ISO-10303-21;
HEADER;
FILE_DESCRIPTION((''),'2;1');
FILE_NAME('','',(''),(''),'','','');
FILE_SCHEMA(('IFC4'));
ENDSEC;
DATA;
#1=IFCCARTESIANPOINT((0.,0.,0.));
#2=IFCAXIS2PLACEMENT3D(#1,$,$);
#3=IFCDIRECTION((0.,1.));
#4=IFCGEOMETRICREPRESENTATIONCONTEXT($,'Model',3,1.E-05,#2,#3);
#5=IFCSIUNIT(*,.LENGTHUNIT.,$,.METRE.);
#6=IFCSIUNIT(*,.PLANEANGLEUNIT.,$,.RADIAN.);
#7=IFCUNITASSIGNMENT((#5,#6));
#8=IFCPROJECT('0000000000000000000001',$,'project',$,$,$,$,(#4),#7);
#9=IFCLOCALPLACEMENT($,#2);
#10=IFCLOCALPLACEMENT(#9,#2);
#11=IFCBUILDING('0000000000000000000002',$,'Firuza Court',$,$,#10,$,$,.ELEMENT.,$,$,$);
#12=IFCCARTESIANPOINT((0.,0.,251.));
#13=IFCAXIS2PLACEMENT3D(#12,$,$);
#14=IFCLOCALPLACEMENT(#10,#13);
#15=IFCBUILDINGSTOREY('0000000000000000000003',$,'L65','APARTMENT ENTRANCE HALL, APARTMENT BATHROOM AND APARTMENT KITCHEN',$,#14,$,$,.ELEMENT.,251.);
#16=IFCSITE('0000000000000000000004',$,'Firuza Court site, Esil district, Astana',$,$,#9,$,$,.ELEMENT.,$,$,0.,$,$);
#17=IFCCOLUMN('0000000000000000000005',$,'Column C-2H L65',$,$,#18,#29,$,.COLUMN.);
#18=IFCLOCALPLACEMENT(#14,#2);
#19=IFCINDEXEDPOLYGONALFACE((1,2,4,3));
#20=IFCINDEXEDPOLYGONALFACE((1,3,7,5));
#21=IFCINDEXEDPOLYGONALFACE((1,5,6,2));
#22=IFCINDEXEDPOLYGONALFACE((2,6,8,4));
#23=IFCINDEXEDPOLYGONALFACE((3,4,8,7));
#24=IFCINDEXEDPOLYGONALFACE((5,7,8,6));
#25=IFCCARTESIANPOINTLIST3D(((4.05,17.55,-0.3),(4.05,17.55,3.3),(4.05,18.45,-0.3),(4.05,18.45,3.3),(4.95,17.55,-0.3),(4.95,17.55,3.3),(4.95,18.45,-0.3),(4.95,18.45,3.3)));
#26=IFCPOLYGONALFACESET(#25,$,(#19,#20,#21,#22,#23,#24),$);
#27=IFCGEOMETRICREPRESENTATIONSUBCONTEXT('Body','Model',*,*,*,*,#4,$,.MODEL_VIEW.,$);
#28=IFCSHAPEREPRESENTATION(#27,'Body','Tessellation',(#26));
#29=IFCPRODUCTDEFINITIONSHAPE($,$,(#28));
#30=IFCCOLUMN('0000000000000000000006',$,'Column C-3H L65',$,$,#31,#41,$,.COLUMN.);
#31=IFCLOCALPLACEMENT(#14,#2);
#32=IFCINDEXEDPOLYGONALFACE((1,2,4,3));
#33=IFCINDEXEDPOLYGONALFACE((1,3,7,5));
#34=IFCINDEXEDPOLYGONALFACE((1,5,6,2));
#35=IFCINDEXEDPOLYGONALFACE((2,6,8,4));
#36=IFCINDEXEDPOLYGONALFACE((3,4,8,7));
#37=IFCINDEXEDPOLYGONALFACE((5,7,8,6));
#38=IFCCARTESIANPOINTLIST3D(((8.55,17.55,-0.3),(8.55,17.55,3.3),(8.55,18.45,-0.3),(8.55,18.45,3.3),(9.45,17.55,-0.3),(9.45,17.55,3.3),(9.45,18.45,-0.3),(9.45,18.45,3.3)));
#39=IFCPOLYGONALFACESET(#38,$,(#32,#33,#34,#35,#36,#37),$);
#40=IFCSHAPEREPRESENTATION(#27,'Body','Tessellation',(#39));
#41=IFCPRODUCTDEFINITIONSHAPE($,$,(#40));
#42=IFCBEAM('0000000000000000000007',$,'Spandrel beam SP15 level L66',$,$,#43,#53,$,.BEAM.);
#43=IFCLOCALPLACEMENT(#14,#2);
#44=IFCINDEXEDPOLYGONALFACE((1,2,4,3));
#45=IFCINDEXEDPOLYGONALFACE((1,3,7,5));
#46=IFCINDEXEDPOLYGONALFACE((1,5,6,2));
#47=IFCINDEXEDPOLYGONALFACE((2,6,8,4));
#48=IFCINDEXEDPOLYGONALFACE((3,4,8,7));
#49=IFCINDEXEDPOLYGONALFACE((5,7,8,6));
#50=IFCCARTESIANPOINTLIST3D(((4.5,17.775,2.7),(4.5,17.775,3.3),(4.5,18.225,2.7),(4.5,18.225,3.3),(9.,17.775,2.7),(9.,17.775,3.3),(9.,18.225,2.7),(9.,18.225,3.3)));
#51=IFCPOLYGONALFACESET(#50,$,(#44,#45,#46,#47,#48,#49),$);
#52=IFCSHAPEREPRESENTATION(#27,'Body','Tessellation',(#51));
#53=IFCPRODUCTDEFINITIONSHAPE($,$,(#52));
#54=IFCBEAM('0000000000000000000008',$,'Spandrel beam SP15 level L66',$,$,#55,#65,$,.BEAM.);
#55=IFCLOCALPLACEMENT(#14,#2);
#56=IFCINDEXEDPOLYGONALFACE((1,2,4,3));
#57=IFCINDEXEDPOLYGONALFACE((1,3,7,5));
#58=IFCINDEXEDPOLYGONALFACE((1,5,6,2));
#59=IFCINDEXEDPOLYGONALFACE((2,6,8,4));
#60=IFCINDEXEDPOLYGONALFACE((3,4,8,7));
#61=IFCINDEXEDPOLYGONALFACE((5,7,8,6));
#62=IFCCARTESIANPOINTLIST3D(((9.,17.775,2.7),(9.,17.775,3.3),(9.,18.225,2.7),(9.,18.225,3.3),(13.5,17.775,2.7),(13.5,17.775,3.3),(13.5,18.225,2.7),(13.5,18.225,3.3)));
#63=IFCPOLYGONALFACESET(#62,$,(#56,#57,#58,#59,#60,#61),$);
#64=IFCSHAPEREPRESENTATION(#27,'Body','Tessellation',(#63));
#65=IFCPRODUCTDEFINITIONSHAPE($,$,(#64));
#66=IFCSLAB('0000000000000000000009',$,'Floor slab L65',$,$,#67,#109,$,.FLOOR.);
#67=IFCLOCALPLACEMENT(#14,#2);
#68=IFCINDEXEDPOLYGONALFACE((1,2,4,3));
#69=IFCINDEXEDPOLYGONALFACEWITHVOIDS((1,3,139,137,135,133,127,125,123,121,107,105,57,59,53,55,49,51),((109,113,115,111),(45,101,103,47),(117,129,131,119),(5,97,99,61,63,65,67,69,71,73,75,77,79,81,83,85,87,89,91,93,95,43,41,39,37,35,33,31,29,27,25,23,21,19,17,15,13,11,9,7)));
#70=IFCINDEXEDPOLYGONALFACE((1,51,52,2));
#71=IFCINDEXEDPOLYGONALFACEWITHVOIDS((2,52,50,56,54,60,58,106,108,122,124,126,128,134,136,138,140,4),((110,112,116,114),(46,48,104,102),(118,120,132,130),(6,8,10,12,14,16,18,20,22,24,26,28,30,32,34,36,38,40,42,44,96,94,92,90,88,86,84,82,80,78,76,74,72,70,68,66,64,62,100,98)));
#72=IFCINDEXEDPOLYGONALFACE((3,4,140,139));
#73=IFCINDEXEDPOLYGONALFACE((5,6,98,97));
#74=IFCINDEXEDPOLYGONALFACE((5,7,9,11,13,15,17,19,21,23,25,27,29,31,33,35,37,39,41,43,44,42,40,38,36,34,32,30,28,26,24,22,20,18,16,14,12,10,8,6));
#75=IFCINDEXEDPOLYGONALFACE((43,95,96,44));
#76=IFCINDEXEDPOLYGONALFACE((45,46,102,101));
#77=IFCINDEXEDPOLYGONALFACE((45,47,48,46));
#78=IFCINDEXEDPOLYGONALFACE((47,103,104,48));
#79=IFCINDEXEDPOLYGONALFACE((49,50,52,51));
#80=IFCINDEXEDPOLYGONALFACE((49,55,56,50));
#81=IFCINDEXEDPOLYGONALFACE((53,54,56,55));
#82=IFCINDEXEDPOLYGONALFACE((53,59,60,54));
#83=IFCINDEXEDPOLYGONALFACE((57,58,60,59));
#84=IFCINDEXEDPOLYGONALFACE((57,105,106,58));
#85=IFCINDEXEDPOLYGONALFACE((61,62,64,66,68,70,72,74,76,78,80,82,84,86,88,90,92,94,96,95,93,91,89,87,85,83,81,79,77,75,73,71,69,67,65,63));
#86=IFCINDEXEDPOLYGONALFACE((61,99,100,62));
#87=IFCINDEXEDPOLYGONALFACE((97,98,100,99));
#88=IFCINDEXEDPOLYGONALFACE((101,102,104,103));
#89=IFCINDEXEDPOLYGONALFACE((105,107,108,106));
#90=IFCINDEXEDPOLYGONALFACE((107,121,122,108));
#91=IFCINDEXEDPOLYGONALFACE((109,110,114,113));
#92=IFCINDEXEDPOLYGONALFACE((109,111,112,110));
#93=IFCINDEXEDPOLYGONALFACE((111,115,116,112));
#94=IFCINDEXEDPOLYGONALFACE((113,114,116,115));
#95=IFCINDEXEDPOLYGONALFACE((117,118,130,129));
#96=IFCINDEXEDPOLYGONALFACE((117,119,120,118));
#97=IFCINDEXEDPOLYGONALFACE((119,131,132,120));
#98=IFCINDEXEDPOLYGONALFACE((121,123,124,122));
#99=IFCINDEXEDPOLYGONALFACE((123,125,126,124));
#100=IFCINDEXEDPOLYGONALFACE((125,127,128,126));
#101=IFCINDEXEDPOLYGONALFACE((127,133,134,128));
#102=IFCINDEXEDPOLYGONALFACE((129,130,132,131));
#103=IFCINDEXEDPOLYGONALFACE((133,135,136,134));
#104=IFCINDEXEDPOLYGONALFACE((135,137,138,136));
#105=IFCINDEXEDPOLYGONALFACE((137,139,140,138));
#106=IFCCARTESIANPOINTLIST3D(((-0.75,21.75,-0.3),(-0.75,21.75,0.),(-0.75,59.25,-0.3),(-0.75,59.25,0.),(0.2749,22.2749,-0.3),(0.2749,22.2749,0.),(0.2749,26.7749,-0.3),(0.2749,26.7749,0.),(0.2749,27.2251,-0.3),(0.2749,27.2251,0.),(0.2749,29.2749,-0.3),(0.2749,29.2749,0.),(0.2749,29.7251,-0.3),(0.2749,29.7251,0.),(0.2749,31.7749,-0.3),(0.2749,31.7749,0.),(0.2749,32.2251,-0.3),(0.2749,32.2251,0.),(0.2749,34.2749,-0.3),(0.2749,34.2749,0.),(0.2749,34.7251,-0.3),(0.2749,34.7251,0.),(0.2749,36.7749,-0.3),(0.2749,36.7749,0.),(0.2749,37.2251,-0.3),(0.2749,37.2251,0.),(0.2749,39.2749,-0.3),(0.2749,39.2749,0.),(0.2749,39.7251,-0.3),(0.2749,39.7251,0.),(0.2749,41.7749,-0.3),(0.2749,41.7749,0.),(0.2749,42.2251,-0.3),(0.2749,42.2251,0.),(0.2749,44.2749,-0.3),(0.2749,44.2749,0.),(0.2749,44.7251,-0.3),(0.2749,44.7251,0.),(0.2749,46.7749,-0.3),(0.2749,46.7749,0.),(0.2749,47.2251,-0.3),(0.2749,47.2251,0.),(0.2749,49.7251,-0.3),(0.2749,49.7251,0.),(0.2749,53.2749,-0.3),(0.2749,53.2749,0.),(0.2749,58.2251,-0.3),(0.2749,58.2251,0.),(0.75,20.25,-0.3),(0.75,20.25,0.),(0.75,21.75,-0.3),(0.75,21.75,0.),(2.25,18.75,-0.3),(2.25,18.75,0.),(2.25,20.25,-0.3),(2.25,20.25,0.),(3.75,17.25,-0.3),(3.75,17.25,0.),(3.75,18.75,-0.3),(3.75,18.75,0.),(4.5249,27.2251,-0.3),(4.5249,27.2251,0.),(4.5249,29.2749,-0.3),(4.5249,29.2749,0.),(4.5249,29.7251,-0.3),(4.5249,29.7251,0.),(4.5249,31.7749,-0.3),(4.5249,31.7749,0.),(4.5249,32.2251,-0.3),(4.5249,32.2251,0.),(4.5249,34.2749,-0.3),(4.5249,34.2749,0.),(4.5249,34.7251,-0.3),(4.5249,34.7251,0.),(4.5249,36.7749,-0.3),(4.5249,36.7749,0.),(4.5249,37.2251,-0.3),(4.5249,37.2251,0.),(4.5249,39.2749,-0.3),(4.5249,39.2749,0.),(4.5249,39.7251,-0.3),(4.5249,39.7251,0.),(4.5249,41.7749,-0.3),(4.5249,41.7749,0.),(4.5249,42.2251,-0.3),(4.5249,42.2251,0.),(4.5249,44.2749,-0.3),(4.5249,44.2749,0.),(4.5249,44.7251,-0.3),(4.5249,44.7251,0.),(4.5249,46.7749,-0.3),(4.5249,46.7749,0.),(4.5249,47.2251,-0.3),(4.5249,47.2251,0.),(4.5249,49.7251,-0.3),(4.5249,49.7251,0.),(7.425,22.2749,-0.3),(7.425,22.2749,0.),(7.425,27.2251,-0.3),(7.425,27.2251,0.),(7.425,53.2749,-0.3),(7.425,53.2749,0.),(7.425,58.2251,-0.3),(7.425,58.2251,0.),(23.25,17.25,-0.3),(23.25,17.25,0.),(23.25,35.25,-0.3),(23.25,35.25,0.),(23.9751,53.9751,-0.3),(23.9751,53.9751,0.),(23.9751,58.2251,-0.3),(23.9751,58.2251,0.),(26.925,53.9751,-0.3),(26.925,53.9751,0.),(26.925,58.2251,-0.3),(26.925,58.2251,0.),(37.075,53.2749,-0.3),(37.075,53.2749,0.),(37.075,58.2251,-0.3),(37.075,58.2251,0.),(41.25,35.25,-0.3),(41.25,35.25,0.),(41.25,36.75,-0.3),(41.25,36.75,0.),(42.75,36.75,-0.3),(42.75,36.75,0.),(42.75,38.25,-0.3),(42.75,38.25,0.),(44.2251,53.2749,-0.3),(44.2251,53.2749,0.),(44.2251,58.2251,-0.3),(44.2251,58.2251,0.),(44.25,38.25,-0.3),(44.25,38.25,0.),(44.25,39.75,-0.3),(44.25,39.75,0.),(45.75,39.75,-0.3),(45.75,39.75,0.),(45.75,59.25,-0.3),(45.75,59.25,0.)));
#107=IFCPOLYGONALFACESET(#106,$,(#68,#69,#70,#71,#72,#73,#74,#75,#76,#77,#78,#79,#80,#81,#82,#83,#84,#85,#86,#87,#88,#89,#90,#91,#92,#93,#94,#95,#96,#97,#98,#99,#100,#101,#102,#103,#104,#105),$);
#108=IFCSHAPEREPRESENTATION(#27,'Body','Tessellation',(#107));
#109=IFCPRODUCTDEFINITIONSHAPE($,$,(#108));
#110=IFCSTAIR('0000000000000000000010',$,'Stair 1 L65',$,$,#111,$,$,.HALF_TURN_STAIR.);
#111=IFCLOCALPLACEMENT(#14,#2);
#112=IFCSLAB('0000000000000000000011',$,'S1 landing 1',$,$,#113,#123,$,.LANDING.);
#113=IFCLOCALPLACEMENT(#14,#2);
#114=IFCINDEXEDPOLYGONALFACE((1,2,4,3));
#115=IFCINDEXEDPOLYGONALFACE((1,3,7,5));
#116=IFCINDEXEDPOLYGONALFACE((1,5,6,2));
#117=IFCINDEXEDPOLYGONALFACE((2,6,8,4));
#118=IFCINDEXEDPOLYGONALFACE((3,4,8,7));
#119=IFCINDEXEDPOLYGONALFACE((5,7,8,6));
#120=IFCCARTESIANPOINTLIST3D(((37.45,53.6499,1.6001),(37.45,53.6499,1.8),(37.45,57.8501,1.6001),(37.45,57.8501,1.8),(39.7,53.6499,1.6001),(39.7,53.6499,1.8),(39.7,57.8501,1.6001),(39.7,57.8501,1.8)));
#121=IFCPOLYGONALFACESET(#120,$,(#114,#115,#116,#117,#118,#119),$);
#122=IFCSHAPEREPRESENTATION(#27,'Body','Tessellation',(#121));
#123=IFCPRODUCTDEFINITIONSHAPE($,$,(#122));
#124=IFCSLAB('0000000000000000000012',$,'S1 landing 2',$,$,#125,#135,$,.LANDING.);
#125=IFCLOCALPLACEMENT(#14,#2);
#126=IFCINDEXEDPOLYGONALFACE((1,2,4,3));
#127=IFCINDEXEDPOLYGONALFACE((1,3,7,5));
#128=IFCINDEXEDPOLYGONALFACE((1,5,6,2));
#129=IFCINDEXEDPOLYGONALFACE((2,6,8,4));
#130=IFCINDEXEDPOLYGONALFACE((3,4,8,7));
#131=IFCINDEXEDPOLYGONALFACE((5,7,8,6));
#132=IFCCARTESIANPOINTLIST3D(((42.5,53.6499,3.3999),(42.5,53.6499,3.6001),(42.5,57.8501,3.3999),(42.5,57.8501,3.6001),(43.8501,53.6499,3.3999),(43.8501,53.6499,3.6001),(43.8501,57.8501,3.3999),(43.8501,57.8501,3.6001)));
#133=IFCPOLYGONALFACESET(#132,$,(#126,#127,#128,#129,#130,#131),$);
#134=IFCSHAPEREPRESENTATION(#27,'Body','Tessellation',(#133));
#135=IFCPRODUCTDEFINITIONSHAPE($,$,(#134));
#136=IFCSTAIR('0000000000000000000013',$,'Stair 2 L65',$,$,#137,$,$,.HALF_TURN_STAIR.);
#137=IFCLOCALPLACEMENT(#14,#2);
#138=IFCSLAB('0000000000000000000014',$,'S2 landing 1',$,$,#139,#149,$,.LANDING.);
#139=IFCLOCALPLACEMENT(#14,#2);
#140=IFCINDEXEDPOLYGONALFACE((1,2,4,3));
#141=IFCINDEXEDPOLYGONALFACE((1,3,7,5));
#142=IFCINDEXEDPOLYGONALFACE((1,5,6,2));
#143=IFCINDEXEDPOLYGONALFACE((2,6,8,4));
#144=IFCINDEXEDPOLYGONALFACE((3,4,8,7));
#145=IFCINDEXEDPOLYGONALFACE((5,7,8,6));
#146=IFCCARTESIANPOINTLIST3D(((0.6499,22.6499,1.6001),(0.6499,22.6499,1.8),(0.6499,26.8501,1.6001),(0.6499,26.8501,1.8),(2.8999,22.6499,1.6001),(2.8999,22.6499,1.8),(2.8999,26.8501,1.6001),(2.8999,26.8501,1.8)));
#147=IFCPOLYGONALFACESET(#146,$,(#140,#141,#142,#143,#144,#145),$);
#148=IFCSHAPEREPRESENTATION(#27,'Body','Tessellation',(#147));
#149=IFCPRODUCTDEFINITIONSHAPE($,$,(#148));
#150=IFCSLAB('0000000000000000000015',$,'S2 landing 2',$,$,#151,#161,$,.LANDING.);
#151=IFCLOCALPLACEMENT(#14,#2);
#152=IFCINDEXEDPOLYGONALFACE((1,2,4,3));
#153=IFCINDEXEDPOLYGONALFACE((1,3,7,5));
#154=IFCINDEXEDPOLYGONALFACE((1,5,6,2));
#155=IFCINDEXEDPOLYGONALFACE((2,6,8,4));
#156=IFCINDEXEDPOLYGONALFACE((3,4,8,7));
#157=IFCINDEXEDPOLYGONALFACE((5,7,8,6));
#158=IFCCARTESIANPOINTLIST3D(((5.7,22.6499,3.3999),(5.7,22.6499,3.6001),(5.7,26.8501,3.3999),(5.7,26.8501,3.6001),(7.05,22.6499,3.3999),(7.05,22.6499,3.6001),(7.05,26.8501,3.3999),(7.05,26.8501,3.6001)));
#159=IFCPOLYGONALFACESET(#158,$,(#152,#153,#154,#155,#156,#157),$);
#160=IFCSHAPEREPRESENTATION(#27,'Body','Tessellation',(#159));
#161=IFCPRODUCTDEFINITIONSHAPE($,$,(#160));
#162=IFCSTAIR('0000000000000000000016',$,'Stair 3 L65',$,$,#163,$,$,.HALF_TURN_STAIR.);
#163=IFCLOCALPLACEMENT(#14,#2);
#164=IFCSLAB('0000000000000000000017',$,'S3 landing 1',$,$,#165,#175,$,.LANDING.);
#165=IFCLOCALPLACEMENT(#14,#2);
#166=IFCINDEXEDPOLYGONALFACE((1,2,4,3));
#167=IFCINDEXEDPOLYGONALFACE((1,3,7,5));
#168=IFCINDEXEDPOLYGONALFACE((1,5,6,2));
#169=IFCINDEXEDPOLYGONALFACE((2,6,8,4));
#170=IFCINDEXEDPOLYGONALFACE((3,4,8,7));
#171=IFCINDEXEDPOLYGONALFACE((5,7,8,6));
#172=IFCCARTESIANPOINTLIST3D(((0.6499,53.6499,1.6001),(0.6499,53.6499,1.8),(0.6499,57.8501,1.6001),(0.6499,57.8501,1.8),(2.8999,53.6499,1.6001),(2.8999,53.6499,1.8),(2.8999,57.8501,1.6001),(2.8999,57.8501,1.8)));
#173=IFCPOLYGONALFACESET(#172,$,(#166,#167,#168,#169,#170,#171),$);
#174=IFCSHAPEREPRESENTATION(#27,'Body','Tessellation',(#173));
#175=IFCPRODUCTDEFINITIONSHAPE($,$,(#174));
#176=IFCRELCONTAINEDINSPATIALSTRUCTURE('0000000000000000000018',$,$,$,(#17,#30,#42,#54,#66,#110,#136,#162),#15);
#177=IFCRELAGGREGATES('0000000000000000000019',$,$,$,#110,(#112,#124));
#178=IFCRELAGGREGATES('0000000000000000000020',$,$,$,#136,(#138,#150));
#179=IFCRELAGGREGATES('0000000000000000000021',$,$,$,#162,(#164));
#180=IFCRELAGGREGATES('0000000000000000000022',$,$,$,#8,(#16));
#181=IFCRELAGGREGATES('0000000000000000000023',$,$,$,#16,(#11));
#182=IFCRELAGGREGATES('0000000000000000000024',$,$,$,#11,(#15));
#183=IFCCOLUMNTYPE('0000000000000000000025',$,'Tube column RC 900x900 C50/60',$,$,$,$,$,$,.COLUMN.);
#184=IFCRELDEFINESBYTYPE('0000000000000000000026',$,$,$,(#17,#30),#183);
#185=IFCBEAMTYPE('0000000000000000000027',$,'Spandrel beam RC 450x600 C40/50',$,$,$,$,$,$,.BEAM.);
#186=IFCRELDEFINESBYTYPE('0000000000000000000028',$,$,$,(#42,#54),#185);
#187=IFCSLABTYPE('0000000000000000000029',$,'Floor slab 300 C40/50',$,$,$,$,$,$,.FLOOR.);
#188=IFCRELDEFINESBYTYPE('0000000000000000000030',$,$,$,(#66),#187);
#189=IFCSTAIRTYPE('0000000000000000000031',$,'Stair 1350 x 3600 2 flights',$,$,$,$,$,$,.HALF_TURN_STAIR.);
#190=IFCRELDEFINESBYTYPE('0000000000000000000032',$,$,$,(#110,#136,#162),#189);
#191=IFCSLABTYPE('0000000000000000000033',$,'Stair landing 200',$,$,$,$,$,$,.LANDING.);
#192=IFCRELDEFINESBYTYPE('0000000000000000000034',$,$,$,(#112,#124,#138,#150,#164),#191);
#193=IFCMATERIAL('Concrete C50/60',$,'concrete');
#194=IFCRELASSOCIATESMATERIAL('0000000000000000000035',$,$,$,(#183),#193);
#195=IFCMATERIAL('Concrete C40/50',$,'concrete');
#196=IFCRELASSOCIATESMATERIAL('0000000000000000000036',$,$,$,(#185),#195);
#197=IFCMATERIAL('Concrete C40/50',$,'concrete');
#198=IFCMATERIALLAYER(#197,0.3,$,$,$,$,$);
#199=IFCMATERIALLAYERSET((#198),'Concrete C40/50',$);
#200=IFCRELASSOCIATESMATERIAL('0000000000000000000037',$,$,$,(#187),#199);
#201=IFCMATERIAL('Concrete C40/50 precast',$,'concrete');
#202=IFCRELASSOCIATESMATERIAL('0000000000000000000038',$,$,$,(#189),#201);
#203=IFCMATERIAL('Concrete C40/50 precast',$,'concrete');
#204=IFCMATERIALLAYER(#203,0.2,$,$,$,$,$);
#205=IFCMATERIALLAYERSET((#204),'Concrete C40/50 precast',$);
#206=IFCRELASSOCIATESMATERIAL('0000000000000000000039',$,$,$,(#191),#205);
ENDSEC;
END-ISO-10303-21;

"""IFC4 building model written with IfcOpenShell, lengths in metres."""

from ifc_helpers import new_model, si_unit, direction, frame, origin, origin_2d, place, context, subcontext, project, spatial, polyline, rectangle, outline, extrude, material, layer, layer_set, material_profile, profile_set, type_object, element, aggregate, save


model = new_model("IFC4")

# Units and contexts
model_context = context("Model", 3, precision=1e-05, world=origin(), true_north=direction((0.0, 1.0)))
body_context = subcontext(model_context, "Body", "Model", "MODEL_VIEW")
ifc_project = project(units=[si_unit("LENGTHUNIT", "METRE"), si_unit("PLANEANGLEUNIT", "RADIAN")], contexts=[model_context])

# Site, building, storey
site_placement = place(None, origin())
site = spatial("IfcSite", under=ifc_project, at=site_placement, Name="Firuza Court site, Esil district, Astana", CompositionType="ELEMENT", RefElevation=0.0)
building_placement = place(site_placement, origin())
building = spatial("IfcBuilding", under=site, at=building_placement, Name="Firuza Court", CompositionType="ELEMENT")
storey_placement = place(building_placement, frame((0.0, 0.0, 251.0)))
storey = spatial("IfcBuildingStorey", under=building, at=storey_placement, Name="L65", Description="APARTMENT ENTRANCE HALL, APARTMENT BATHROOM AND APARTMENT KITCHEN", CompositionType="ELEMENT", Elevation=251.0)

# Columns
ifc_material_1 = material(Name="Concrete C50/60", Category="concrete")
ifc_material_profile_1 = material_profile(ifc_material_1, rectangle(XDim=0.8999, YDim=0.8999, at=origin_2d()), Name="RC 900x900")
ifc_profile_set_1 = profile_set([ifc_material_profile_1], Name="Concrete C50/60")
column_type = type_object("IfcColumnType", Name="Tube column RC 900x900 C50/60", PredefinedType="COLUMN", material=ifc_profile_set_1)
for number, where, z_axis, x_axis, name in (
    (1, (4.5, 18.0, -0.3), (0.0, 0.0, 1.0), (1.0, 0.0, 0.0), "Column C-2H L65"),
    (2, (9.0, 18.0, -0.3), (0.0, 0.0, 1.0), (1.0, 0.0, 0.0), "Column C-3H L65"),
):
    element("IfcColumn", number, at=place(storey_placement, frame(where, z_axis=z_axis, x_axis=x_axis)), inside=storey, type_object=column_type, Name=name, PredefinedType="COLUMN", context=body_context, shape_type="SweptSolid", body=[
        extrude(rectangle(XDim=0.8999, YDim=0.8999, at=origin_2d()), origin(), (0.0, 0.0, 1.0), 3.6001),
    ])

# Beams
ifc_material_2 = material(Name="Concrete C40/50", Category="concrete")
ifc_material_profile_2 = material_profile(ifc_material_2, rectangle(XDim=0.45, YDim=0.6001, at=origin_2d()), Name="RC 450x600")
ifc_profile_set_2 = profile_set([ifc_material_profile_2], Name="Concrete C40/50")
beam_type = type_object("IfcBeamType", Name="Spandrel beam RC 450x600 C40/50", PredefinedType="BEAM", material=ifc_profile_set_2)
for number, where, z_axis, x_axis, name in (
    (3, (4.5, 18.0, 3.0), (1.0, 0.0, 0.0), (0.0, 1.0, 0.0), "Spandrel beam SP15 level L66"),
    (4, (9.0, 18.0, 3.0), (1.0, 0.0, 0.0), (0.0, 1.0, 0.0), "Spandrel beam SP15 level L66"),
):
    element("IfcBeam", number, at=place(storey_placement, frame(where, z_axis=z_axis, x_axis=x_axis)), inside=storey, type_object=beam_type, Name=name, PredefinedType="BEAM", context=body_context, shape_type="SweptSolid", body=[
        extrude(rectangle(XDim=0.45, YDim=0.6001, at=origin_2d()), origin(), (0.0, 0.0, 1.0), 4.5),
    ])

# Slab
ifc_material_3 = material(Name="Concrete C40/50", Category="concrete")
ifc_layer_1 = layer(ifc_material_3, 0.3)
ifc_layer_set_1 = layer_set([ifc_layer_1], Name="Concrete C40/50")
slab_type_1 = type_object("IfcSlabType", Name="Floor slab 300 C40/50", PredefinedType="FLOOR", material=ifc_layer_set_1)
slab_1_placement = place(storey_placement, frame((0.0, 0.0, -0.3)))
element("IfcSlab", 5, at=slab_1_placement, inside=storey, type_object=slab_type_1, Name="Floor slab L65", PredefinedType="FLOOR", context=body_context, shape_type="SweptSolid", body=[
    extrude(outline(polyline([(-0.75, 59.25), (45.75, 59.25), (45.75, 39.75), (44.25, 39.75), (44.25, 38.25), (42.75, 38.25), (42.75, 36.75), (41.25, 36.75), (41.25, 35.25), (23.25, 35.25), (23.25, 17.25), (3.75, 17.25), (3.75, 18.75), (2.25, 18.75), (2.25, 20.25), (0.75, 20.25), (0.75, 21.75), (-0.75, 21.75), (-0.75, 59.25)]), holes=[polyline([(0.2749, 34.2749), (0.2749, 32.2251), (0.2749, 31.7749), (0.2749, 29.7251), (0.2749, 29.2749), (0.2749, 27.2251), (0.2749, 26.7749), (0.2749, 22.2749), (7.425, 22.2749), (7.425, 27.2251), (4.5249, 27.2251), (4.5249, 29.2749), (4.5249, 29.7251), (4.5249, 31.7749), (4.5249, 32.2251), (4.5249, 34.2749), (4.5249, 34.7251), (4.5249, 36.7749), (4.5249, 37.2251), (4.5249, 39.2749), (4.5249, 39.7251), (4.5249, 41.7749), (4.5249, 42.2251), (4.5249, 44.2749), (4.5249, 44.7251), (4.5249, 46.7749), (4.5249, 47.2251), (4.5249, 49.7251), (0.2749, 49.7251), (0.2749, 47.2251), (0.2749, 46.7749), (0.2749, 44.7251), (0.2749, 44.2749), (0.2749, 42.2251), (0.2749, 41.7749), (0.2749, 39.7251), (0.2749, 39.2749), (0.2749, 37.2251), (0.2749, 36.7749), (0.2749, 34.7251), (0.2749, 34.2749)]), polyline([(7.425, 58.2251), (0.2749, 58.2251), (0.2749, 53.2749), (7.425, 53.2749), (7.425, 58.2251)]), polyline([(44.2251, 58.2251), (37.075, 58.2251), (37.075, 53.2749), (44.2251, 53.2749), (44.2251, 58.2251)]), polyline([(26.925, 58.2251), (23.9751, 58.2251), (23.9751, 53.9751), (26.925, 53.9751), (26.925, 58.2251)])]), origin(), (0.0, 0.0, 1.0), 0.3),
])

# Stairs, slabs
ifc_material_4 = material(Name="Concrete C40/50 precast", Category="concrete")
stair_type = type_object("IfcStairType", Name="Stair 1350 x 3600 2 flights", PredefinedType="HALF_TURN_STAIR", material=ifc_material_4)
stair_1_placement = place(storey_placement, origin())
stair_1 = element("IfcStair", 6, at=stair_1_placement, inside=storey, type_object=stair_type, Name="Stair 1 L65", PredefinedType="HALF_TURN_STAIR")
ifc_material_5 = material(Name="Concrete C40/50 precast", Category="concrete")
ifc_layer_2 = layer(ifc_material_5, 0.2)
ifc_layer_set_2 = layer_set([ifc_layer_2], Name="Concrete C40/50 precast")
slab_type_2 = type_object("IfcSlabType", Name="Stair landing 200", PredefinedType="LANDING", material=ifc_layer_set_2)
slab_2_placement = place(storey_placement, frame((0.0, 0.0, 1.6001)))
slab_2 = element("IfcSlab", 7, at=slab_2_placement, type_object=slab_type_2, Name="S1 landing 1", PredefinedType="LANDING", context=body_context, shape_type="SweptSolid", body=[
    extrude(outline(polyline([(39.7, 53.6499), (39.7, 57.8501), (37.45, 57.8501), (37.45, 53.6499), (39.7, 53.6499)])), origin(), (0.0, 0.0, 1.0), 0.2),
])
slab_3_placement = place(storey_placement, frame((0.0, 0.0, 3.3999)))
slab_3 = element("IfcSlab", 8, at=slab_3_placement, type_object=slab_type_2, Name="S1 landing 2", PredefinedType="LANDING", context=body_context, shape_type="SweptSolid", body=[
    extrude(outline(polyline([(43.8501, 53.6499), (43.8501, 57.8501), (42.5, 57.8501), (42.5, 53.6499), (43.8501, 53.6499)])), origin(), (0.0, 0.0, 1.0), 0.2002),
])
aggregate(stair_1, [slab_2, slab_3])
stair_2_placement = place(storey_placement, origin())
stair_2 = element("IfcStair", 9, at=stair_2_placement, inside=storey, type_object=stair_type, Name="Stair 2 L65", PredefinedType="HALF_TURN_STAIR")
slab_4_placement = place(storey_placement, frame((0.0, 0.0, 1.6001)))
slab_4 = element("IfcSlab", 10, at=slab_4_placement, type_object=slab_type_2, Name="S2 landing 1", PredefinedType="LANDING", context=body_context, shape_type="SweptSolid", body=[
    extrude(outline(polyline([(2.8999, 22.6499), (2.8999, 26.8501), (0.6499, 26.8501), (0.6499, 22.6499), (2.8999, 22.6499)])), origin(), (0.0, 0.0, 1.0), 0.2),
])
slab_5_placement = place(storey_placement, frame((0.0, 0.0, 3.3999)))
slab_5 = element("IfcSlab", 11, at=slab_5_placement, type_object=slab_type_2, Name="S2 landing 2", PredefinedType="LANDING", context=body_context, shape_type="SweptSolid", body=[
    extrude(outline(polyline([(7.05, 22.6499), (7.05, 26.8501), (5.7, 26.8501), (5.7, 22.6499), (7.05, 22.6499)])), origin(), (0.0, 0.0, 1.0), 0.2002),
])
aggregate(stair_2, [slab_4, slab_5])
stair_3_placement = place(storey_placement, origin())
stair_3 = element("IfcStair", 12, at=stair_3_placement, inside=storey, type_object=stair_type, Name="Stair 3 L65", PredefinedType="HALF_TURN_STAIR")
slab_6_placement = place(storey_placement, frame((0.0, 0.0, 1.6001)))
slab_6 = element("IfcSlab", 13, at=slab_6_placement, type_object=slab_type_2, Name="S3 landing 1", PredefinedType="LANDING", context=body_context, shape_type="SweptSolid", body=[
    extrude(outline(polyline([(2.8999, 53.6499), (2.8999, 57.8501), (0.6499, 57.8501), (0.6499, 53.6499), (2.8999, 53.6499)])), origin(), (0.0, 0.0, 1.0), 0.2),
])
aggregate(stair_3, [slab_6])

save(model, "model.ifc")
